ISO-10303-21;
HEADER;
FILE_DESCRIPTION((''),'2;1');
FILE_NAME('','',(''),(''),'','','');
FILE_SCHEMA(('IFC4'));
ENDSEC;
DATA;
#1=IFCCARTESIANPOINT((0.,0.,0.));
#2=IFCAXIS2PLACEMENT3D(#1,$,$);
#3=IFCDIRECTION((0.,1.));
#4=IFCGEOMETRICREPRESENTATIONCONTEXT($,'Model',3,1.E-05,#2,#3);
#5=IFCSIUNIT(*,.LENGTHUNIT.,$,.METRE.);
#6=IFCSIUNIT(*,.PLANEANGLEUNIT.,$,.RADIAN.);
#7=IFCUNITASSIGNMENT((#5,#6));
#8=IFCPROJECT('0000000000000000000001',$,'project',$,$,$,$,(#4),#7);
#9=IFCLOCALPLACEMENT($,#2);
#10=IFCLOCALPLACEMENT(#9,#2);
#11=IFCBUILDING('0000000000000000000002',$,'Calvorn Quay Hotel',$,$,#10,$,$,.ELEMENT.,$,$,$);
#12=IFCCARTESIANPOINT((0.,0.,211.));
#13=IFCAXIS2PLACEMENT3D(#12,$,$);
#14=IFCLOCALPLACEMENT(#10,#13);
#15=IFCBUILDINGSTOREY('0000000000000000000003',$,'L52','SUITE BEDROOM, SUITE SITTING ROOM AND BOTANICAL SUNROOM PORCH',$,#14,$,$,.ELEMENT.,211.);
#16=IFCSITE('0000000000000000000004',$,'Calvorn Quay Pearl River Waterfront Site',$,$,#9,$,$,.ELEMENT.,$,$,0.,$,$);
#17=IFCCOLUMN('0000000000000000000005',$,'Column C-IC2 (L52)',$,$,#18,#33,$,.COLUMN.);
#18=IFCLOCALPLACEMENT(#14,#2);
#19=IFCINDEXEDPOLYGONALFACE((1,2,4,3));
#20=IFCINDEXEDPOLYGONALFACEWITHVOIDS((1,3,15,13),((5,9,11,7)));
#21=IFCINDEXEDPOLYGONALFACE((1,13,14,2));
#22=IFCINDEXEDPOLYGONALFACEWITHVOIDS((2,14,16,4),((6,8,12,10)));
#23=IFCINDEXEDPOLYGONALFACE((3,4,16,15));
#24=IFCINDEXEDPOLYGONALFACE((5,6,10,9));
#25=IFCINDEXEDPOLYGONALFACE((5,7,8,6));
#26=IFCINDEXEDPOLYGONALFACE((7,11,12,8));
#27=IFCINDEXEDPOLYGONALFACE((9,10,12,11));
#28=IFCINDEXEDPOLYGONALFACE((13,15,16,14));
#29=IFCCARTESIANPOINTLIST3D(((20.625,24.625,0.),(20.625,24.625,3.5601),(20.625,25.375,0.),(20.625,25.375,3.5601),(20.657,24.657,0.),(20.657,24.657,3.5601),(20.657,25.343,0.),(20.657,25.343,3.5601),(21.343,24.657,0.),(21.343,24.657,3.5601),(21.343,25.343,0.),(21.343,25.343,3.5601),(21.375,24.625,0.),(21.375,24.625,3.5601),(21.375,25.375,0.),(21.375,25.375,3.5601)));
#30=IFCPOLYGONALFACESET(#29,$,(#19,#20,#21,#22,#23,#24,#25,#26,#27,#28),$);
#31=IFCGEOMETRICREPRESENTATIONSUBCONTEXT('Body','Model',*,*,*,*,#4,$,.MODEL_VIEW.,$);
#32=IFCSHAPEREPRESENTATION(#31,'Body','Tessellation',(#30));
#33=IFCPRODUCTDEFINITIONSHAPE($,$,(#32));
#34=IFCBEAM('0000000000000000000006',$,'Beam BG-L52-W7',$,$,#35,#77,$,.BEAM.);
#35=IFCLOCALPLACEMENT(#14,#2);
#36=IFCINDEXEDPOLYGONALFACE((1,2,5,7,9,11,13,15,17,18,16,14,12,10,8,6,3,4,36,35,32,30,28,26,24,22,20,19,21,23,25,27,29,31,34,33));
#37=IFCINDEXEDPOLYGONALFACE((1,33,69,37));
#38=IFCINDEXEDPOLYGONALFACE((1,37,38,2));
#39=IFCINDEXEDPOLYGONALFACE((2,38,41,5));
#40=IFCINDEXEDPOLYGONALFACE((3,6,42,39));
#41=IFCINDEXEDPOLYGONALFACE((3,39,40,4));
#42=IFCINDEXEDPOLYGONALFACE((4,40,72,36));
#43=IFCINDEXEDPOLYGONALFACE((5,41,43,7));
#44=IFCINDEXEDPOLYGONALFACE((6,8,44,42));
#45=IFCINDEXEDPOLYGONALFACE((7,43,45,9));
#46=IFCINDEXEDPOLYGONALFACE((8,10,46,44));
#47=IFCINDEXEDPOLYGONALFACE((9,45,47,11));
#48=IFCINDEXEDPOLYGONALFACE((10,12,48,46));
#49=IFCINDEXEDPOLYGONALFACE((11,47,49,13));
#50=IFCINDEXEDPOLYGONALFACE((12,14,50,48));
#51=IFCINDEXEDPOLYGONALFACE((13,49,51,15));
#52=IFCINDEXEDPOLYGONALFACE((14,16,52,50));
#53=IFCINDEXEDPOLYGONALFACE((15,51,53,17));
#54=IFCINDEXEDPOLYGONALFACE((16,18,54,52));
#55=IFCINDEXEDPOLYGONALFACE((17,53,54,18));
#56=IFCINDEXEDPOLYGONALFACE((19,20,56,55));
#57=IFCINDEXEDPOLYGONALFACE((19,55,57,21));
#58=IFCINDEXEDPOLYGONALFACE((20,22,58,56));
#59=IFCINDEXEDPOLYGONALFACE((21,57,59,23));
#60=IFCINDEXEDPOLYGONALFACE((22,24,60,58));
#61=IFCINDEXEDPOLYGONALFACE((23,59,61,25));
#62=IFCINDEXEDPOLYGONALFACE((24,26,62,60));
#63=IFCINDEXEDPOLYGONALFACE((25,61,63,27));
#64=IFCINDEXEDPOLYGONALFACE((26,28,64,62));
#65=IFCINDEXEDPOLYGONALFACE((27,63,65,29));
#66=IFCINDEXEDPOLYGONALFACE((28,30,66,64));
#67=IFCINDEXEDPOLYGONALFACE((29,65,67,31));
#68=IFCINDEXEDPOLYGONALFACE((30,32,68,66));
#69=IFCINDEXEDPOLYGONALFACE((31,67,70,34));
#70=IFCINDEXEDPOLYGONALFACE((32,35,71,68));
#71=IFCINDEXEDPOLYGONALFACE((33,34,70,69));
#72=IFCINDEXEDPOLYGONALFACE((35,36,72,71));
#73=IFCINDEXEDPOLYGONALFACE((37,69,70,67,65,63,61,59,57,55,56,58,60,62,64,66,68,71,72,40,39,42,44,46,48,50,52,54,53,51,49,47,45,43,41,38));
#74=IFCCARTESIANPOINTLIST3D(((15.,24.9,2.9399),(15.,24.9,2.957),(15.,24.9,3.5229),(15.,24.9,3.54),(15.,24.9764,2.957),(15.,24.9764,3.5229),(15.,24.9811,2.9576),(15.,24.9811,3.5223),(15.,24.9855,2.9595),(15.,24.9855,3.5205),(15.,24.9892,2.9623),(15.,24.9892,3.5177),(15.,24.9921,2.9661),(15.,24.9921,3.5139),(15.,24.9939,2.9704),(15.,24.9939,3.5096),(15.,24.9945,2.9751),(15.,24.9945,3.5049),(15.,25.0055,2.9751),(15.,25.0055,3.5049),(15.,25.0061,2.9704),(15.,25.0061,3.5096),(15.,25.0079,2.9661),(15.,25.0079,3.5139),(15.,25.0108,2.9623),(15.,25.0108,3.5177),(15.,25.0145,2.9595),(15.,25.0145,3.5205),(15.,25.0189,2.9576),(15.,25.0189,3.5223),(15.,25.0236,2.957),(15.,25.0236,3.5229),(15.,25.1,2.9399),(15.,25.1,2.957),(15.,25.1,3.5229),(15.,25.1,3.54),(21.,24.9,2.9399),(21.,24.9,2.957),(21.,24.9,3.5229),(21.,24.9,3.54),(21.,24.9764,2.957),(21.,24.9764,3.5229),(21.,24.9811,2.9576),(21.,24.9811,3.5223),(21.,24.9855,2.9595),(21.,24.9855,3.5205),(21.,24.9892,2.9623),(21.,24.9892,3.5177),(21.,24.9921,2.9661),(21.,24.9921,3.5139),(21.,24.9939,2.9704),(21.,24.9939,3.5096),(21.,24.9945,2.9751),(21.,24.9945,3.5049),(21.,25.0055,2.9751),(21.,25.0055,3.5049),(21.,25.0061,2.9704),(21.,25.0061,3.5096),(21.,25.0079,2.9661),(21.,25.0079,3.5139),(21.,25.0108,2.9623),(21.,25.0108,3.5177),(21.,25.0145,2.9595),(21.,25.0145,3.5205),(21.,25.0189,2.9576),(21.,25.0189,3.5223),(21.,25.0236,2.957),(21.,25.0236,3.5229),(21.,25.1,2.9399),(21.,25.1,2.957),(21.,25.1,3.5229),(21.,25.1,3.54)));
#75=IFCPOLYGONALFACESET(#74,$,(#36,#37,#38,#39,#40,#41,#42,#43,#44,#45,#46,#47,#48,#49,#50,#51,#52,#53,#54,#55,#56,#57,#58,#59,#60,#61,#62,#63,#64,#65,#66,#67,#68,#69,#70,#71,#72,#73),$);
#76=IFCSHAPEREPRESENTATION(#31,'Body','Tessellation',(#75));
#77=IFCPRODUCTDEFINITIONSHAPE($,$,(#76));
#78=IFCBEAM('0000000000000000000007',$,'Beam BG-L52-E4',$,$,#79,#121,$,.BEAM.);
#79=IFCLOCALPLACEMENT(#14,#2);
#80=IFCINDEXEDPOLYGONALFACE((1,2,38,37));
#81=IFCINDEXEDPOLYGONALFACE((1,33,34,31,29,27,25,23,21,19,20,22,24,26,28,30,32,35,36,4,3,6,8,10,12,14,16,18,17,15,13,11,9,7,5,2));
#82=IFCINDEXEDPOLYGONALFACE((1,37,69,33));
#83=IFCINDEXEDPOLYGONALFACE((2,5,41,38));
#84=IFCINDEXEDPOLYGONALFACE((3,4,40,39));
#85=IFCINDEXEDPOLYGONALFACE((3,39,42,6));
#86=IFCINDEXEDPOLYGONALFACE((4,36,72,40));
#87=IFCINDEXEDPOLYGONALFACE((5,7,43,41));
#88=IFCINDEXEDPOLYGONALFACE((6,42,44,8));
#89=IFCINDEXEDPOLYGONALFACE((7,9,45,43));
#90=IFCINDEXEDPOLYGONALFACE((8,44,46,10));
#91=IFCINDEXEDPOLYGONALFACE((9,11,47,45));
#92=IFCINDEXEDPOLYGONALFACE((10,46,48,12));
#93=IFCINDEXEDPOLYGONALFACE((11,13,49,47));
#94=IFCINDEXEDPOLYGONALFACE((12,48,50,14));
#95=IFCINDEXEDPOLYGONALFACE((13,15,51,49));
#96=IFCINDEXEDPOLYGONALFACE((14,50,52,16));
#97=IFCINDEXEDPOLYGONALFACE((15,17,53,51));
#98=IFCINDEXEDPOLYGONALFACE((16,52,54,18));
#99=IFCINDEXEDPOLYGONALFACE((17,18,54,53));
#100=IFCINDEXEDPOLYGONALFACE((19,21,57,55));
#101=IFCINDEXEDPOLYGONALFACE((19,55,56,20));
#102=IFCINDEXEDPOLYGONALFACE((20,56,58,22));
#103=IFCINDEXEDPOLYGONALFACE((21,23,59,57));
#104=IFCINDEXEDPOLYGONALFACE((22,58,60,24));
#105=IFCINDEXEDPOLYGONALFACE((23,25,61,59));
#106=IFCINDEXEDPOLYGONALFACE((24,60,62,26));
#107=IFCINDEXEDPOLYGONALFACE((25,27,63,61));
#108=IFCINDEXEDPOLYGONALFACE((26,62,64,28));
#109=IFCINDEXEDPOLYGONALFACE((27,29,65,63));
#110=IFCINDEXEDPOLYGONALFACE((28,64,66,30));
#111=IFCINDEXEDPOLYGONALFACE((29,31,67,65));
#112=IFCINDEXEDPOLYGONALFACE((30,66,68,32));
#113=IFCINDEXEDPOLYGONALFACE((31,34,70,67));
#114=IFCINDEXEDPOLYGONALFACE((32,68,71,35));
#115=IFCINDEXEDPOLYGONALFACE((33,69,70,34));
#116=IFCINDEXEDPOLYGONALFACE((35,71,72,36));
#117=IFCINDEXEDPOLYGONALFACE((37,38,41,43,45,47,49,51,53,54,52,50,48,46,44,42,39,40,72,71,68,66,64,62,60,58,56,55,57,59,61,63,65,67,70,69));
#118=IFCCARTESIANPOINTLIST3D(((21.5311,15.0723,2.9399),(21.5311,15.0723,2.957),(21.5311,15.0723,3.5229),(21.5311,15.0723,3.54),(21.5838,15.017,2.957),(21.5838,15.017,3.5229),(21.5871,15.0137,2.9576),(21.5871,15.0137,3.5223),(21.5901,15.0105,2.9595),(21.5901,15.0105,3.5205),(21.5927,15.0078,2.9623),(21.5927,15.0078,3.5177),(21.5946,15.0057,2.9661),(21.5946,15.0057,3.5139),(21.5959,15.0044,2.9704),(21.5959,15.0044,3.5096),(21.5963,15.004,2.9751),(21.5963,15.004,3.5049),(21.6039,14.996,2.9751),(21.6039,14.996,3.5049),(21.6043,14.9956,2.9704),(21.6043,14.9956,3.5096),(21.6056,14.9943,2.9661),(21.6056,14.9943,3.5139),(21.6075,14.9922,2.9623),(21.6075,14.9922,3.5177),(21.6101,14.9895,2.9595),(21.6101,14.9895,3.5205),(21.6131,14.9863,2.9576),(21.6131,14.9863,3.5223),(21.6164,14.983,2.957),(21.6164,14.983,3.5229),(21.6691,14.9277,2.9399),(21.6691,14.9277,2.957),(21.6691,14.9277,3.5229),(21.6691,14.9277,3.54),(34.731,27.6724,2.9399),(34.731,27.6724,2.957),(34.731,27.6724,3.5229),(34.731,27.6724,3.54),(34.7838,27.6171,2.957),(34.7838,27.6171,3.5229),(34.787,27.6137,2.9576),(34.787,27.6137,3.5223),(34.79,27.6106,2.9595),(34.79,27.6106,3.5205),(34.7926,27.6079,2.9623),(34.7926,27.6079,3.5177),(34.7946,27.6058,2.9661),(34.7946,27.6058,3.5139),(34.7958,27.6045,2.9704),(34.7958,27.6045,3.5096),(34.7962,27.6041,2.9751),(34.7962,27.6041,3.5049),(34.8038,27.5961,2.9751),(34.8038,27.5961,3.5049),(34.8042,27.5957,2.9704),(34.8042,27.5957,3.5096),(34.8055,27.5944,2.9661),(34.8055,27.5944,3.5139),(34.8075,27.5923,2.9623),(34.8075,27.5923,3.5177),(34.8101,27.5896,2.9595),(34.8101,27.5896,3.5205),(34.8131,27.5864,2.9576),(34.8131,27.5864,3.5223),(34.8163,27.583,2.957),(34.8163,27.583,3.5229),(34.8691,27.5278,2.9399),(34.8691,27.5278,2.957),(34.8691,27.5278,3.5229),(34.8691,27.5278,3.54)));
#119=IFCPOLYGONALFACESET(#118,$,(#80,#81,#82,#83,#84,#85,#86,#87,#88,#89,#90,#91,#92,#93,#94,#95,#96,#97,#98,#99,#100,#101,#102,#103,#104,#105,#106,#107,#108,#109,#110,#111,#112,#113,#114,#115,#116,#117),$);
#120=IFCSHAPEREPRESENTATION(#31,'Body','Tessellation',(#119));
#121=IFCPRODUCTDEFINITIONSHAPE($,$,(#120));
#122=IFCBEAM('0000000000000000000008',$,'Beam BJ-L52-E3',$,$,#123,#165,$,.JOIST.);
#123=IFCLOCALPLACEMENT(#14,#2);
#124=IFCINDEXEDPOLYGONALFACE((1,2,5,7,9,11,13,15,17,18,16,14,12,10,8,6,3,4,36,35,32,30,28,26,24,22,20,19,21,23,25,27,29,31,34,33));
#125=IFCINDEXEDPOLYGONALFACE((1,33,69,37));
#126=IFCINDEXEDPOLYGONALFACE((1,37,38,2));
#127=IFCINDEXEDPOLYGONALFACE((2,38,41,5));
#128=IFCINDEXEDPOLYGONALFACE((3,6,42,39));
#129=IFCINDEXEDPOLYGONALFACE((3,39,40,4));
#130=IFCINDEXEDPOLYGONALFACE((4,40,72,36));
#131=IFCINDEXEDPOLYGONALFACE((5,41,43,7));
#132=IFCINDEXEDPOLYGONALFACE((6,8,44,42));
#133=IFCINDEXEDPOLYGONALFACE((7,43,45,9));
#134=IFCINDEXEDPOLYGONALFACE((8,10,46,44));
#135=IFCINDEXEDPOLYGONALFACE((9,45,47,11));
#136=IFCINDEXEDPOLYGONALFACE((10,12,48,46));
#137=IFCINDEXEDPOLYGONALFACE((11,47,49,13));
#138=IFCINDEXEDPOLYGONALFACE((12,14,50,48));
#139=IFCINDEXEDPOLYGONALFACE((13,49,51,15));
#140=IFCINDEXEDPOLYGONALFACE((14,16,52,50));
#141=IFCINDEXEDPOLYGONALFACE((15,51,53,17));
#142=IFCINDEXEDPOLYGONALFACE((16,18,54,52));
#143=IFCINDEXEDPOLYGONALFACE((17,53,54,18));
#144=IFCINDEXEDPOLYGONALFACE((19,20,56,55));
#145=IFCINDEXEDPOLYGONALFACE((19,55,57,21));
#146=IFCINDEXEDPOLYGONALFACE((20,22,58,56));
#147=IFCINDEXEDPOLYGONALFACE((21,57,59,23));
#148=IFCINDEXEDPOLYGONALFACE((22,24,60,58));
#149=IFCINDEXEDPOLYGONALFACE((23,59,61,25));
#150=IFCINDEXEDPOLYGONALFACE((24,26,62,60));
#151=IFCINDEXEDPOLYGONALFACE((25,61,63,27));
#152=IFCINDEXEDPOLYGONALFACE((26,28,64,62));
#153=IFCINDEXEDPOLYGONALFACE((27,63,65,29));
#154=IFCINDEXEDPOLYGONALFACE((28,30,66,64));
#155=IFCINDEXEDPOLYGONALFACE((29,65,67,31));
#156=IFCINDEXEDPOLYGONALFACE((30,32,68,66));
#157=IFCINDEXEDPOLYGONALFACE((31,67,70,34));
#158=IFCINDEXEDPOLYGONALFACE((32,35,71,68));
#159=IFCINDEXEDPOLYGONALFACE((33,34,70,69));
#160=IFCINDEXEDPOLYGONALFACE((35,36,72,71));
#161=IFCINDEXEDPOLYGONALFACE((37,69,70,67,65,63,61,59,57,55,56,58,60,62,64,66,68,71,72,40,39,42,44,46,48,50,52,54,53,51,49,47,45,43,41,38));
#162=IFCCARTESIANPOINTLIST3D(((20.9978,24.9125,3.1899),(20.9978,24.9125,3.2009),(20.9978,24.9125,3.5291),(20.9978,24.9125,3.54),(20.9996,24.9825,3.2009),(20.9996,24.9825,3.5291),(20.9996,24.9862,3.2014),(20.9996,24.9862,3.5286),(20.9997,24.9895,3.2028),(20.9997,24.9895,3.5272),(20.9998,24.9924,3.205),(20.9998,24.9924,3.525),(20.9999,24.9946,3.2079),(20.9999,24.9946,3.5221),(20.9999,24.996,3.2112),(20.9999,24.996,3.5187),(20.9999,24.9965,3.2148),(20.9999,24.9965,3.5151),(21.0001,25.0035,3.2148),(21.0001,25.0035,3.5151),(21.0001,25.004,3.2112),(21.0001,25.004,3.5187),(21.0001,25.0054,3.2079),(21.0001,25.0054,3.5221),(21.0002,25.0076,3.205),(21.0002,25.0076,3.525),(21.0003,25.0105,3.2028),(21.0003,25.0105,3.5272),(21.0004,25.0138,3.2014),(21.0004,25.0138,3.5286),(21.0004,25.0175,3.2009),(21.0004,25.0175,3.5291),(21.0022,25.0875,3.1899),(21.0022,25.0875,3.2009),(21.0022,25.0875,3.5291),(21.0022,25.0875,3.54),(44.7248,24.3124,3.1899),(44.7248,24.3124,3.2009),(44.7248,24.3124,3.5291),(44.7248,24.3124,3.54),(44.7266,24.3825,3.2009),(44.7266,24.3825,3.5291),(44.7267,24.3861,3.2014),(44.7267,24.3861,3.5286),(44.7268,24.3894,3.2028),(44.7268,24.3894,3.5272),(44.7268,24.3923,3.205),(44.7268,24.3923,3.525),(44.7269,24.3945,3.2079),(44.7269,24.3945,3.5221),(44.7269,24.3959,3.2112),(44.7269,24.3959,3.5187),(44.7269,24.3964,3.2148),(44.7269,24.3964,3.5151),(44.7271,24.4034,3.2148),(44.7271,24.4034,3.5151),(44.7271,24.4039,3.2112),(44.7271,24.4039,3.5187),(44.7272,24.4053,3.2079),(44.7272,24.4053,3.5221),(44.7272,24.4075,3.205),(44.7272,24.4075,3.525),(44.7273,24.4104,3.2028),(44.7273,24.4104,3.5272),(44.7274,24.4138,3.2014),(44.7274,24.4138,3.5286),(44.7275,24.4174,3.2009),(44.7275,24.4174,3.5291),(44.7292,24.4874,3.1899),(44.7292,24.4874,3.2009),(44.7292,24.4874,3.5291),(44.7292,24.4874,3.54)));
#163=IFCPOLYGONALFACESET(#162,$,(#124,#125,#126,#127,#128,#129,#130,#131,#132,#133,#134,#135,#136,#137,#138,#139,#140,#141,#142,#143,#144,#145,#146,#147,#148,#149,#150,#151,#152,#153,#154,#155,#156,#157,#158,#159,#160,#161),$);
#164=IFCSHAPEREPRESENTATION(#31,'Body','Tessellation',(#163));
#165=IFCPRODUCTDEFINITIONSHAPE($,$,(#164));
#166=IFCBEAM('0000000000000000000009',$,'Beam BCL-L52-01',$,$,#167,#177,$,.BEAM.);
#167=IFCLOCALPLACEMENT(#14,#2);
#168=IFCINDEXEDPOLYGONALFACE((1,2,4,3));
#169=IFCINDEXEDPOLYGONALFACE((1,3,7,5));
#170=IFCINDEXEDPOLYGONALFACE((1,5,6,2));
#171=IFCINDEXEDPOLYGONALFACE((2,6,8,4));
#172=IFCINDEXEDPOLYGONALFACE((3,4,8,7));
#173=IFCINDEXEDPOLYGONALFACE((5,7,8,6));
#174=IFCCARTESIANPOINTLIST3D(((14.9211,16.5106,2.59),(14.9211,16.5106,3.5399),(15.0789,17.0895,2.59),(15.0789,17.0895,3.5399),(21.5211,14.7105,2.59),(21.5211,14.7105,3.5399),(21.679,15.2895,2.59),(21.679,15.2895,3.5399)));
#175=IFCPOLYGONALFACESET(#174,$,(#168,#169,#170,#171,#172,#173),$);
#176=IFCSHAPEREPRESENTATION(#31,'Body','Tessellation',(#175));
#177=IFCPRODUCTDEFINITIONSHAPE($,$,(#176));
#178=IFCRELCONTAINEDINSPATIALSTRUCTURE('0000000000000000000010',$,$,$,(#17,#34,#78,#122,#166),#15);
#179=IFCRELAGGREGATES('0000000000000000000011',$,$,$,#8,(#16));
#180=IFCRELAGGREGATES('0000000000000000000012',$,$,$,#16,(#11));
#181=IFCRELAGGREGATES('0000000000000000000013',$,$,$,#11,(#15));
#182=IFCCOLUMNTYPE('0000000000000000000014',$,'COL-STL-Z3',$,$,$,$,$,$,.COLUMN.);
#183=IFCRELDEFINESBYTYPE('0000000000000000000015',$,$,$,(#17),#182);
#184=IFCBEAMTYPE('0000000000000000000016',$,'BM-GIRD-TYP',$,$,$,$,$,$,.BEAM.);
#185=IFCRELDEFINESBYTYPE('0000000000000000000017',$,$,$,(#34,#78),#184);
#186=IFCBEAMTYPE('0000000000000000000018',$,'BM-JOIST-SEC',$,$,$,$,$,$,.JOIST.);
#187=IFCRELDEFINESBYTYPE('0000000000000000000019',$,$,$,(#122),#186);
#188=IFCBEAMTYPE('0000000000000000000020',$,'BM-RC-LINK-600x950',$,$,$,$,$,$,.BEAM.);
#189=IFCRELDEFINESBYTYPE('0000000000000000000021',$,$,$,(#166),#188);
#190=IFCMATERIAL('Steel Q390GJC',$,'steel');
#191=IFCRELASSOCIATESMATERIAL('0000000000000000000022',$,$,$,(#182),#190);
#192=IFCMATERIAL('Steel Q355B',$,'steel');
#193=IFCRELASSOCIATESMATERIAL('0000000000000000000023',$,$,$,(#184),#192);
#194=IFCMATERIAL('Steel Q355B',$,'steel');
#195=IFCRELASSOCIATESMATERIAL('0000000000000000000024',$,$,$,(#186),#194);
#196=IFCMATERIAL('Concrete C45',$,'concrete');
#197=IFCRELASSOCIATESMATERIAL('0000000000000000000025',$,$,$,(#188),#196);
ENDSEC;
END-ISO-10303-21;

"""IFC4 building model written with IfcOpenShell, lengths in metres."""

from ifc_helpers import new_model, si_unit, direction, frame, origin, origin_2d, place, context, subcontext, project, spatial, rectangle, hollow_rectangle, i_section, extrude, material, material_profile, profile_set, type_object, element, save


model = new_model("IFC4")

# Units and contexts
model_context = context("Model", 3, precision=1e-05, world=origin(), true_north=direction((0.0, 1.0)))
body_context = subcontext(model_context, "Body", "Model", "MODEL_VIEW")
ifc_project = project(units=[si_unit("LENGTHUNIT", "METRE"), si_unit("PLANEANGLEUNIT", "RADIAN")], contexts=[model_context])

# Site, building, storey
site_placement = place(None, origin())
site = spatial("IfcSite", under=ifc_project, at=site_placement, Name="Calvorn Quay Pearl River Waterfront Site", CompositionType="ELEMENT", RefElevation=0.0)
building_placement = place(site_placement, origin())
building = spatial("IfcBuilding", under=site, at=building_placement, Name="Calvorn Quay Hotel", CompositionType="ELEMENT")
storey_placement = place(building_placement, frame((0.0, 0.0, 211.0)))
storey = spatial("IfcBuildingStorey", under=building, at=storey_placement, Name="L52", Description="SUITE BEDROOM, SUITE SITTING ROOM AND BOTANICAL SUNROOM PORCH", CompositionType="ELEMENT", Elevation=211.0)

# Column
ifc_material_1 = material(Name="Steel Q390GJC", Category="steel")
ifc_material_profile_1 = material_profile(ifc_material_1, hollow_rectangle(XDim=0.75, YDim=0.75, WallThickness=0.032, at=origin_2d()), Name="BOX750x750x32")
ifc_profile_set_1 = profile_set([ifc_material_profile_1], Name="Steel Q390GJC")
column_type = type_object("IfcColumnType", Name="COL-STL-Z3", PredefinedType="COLUMN", material=ifc_profile_set_1)
column_placement = place(storey_placement, frame((21.0, 25.0, 0.0), z_axis=(0.0, 0.0, 1.0), x_axis=(1.0, 0.0, 0.0)))
element("IfcColumn", 1, at=column_placement, inside=storey, type_object=column_type, Name="Column C-IC2 (L52)", PredefinedType="COLUMN", context=body_context, shape_type="SweptSolid", body=[
    extrude(hollow_rectangle(XDim=0.75, YDim=0.75, WallThickness=0.032, at=origin_2d()), origin(), (0.0, 0.0, 1.0), 3.5601),
])

# Beams
ifc_material_2 = material(Name="Steel Q355B", Category="steel")
ifc_material_profile_2 = material_profile(ifc_material_2, i_section(OverallWidth=0.2, OverallDepth=0.6001, WebThickness=0.011, FlangeThickness=0.0171, FilletRadius=0.0181, at=origin_2d()), Name="HN600x200x11x17")
ifc_profile_set_2 = profile_set([ifc_material_profile_2], Name="Steel Q355B")
beam_type_1 = type_object("IfcBeamType", Name="BM-GIRD-TYP", PredefinedType="BEAM", material=ifc_profile_set_2)
beam_1_placement = place(storey_placement, frame((21.0, 25.0, 3.24), z_axis=(-1.0, 0.0, 0.0), x_axis=(0.0, -1.0, 0.0)))
element("IfcBeam", 2, at=beam_1_placement, inside=storey, type_object=beam_type_1, Name="Beam BG-L52-W7", PredefinedType="BEAM", context=body_context, shape_type="SweptSolid", body=[
    extrude(i_section(OverallWidth=0.2, OverallDepth=0.6001, WebThickness=0.011, FlangeThickness=0.0171, FilletRadius=0.0181, at=origin_2d()), origin(), (0.0, 0.0, 1.0), 6.0),
])
beam_2_placement = place(storey_placement, frame((21.6001, 15.0, 3.24), z_axis=(0.723352, 0.69048, 0.0), x_axis=(-0.69048, 0.723352, 0.0)))
element("IfcBeam", 3, at=beam_2_placement, inside=storey, type_object=beam_type_1, Name="Beam BG-L52-E4", PredefinedType="BEAM", context=body_context, shape_type="SweptSolid", body=[
    extrude(i_section(OverallWidth=0.2, OverallDepth=0.6001, WebThickness=0.011, FlangeThickness=0.0171, FilletRadius=0.0181, at=origin_2d()), origin(), (0.0, 0.0, 1.0), 18.2483),
])
ifc_material_3 = material(Name="Steel Q355B", Category="steel")
ifc_material_profile_3 = material_profile(ifc_material_3, i_section(OverallWidth=0.175, OverallDepth=0.3501, WebThickness=0.0071, FlangeThickness=0.011, FilletRadius=0.0139, at=origin_2d()), Name="HN350x175x7x11")
ifc_profile_set_3 = profile_set([ifc_material_profile_3], Name="Steel Q355B")
beam_type_2 = type_object("IfcBeamType", Name="BM-JOIST-SEC", PredefinedType="JOIST", material=ifc_profile_set_3)
beam_3_placement = place(storey_placement, frame((21.0, 25.0, 3.365), z_axis=(0.99968, -0.025284, 0.0), x_axis=(0.025284, 0.99968, 0.0)))
element("IfcBeam", 4, at=beam_3_placement, inside=storey, type_object=beam_type_2, Name="Beam BJ-L52-E3", PredefinedType="JOIST", context=body_context, shape_type="SweptSolid", body=[
    extrude(i_section(OverallWidth=0.175, OverallDepth=0.3501, WebThickness=0.0071, FlangeThickness=0.011, FilletRadius=0.0139, at=origin_2d()), origin(), (0.0, 0.0, 1.0), 23.7346),
])
ifc_material_4 = material(Name="Concrete C45", Category="concrete")
ifc_material_profile_4 = material_profile(ifc_material_4, rectangle(XDim=0.6001, YDim=0.95, at=origin_2d()), Name="RCB600x950")
ifc_profile_set_4 = profile_set([ifc_material_profile_4], Name="Concrete C45")
beam_type_3 = type_object("IfcBeamType", Name="BM-RC-LINK-600x950", PredefinedType="BEAM", material=ifc_profile_set_4)
beam_4_placement = place(storey_placement, frame((15.0, 16.8, 3.0649), z_axis=(0.964763, -0.26312, 0.0), x_axis=(0.26312, 0.964763, 0.0)))
element("IfcBeam", 5, at=beam_4_placement, inside=storey, type_object=beam_type_3, Name="Beam BCL-L52-01", PredefinedType="BEAM", context=body_context, shape_type="SweptSolid", body=[
    extrude(rectangle(XDim=0.6001, YDim=0.95, at=origin_2d()), origin(), (0.0, 0.0, 1.0), 6.8411),
])

save(model, "model.ifc")
